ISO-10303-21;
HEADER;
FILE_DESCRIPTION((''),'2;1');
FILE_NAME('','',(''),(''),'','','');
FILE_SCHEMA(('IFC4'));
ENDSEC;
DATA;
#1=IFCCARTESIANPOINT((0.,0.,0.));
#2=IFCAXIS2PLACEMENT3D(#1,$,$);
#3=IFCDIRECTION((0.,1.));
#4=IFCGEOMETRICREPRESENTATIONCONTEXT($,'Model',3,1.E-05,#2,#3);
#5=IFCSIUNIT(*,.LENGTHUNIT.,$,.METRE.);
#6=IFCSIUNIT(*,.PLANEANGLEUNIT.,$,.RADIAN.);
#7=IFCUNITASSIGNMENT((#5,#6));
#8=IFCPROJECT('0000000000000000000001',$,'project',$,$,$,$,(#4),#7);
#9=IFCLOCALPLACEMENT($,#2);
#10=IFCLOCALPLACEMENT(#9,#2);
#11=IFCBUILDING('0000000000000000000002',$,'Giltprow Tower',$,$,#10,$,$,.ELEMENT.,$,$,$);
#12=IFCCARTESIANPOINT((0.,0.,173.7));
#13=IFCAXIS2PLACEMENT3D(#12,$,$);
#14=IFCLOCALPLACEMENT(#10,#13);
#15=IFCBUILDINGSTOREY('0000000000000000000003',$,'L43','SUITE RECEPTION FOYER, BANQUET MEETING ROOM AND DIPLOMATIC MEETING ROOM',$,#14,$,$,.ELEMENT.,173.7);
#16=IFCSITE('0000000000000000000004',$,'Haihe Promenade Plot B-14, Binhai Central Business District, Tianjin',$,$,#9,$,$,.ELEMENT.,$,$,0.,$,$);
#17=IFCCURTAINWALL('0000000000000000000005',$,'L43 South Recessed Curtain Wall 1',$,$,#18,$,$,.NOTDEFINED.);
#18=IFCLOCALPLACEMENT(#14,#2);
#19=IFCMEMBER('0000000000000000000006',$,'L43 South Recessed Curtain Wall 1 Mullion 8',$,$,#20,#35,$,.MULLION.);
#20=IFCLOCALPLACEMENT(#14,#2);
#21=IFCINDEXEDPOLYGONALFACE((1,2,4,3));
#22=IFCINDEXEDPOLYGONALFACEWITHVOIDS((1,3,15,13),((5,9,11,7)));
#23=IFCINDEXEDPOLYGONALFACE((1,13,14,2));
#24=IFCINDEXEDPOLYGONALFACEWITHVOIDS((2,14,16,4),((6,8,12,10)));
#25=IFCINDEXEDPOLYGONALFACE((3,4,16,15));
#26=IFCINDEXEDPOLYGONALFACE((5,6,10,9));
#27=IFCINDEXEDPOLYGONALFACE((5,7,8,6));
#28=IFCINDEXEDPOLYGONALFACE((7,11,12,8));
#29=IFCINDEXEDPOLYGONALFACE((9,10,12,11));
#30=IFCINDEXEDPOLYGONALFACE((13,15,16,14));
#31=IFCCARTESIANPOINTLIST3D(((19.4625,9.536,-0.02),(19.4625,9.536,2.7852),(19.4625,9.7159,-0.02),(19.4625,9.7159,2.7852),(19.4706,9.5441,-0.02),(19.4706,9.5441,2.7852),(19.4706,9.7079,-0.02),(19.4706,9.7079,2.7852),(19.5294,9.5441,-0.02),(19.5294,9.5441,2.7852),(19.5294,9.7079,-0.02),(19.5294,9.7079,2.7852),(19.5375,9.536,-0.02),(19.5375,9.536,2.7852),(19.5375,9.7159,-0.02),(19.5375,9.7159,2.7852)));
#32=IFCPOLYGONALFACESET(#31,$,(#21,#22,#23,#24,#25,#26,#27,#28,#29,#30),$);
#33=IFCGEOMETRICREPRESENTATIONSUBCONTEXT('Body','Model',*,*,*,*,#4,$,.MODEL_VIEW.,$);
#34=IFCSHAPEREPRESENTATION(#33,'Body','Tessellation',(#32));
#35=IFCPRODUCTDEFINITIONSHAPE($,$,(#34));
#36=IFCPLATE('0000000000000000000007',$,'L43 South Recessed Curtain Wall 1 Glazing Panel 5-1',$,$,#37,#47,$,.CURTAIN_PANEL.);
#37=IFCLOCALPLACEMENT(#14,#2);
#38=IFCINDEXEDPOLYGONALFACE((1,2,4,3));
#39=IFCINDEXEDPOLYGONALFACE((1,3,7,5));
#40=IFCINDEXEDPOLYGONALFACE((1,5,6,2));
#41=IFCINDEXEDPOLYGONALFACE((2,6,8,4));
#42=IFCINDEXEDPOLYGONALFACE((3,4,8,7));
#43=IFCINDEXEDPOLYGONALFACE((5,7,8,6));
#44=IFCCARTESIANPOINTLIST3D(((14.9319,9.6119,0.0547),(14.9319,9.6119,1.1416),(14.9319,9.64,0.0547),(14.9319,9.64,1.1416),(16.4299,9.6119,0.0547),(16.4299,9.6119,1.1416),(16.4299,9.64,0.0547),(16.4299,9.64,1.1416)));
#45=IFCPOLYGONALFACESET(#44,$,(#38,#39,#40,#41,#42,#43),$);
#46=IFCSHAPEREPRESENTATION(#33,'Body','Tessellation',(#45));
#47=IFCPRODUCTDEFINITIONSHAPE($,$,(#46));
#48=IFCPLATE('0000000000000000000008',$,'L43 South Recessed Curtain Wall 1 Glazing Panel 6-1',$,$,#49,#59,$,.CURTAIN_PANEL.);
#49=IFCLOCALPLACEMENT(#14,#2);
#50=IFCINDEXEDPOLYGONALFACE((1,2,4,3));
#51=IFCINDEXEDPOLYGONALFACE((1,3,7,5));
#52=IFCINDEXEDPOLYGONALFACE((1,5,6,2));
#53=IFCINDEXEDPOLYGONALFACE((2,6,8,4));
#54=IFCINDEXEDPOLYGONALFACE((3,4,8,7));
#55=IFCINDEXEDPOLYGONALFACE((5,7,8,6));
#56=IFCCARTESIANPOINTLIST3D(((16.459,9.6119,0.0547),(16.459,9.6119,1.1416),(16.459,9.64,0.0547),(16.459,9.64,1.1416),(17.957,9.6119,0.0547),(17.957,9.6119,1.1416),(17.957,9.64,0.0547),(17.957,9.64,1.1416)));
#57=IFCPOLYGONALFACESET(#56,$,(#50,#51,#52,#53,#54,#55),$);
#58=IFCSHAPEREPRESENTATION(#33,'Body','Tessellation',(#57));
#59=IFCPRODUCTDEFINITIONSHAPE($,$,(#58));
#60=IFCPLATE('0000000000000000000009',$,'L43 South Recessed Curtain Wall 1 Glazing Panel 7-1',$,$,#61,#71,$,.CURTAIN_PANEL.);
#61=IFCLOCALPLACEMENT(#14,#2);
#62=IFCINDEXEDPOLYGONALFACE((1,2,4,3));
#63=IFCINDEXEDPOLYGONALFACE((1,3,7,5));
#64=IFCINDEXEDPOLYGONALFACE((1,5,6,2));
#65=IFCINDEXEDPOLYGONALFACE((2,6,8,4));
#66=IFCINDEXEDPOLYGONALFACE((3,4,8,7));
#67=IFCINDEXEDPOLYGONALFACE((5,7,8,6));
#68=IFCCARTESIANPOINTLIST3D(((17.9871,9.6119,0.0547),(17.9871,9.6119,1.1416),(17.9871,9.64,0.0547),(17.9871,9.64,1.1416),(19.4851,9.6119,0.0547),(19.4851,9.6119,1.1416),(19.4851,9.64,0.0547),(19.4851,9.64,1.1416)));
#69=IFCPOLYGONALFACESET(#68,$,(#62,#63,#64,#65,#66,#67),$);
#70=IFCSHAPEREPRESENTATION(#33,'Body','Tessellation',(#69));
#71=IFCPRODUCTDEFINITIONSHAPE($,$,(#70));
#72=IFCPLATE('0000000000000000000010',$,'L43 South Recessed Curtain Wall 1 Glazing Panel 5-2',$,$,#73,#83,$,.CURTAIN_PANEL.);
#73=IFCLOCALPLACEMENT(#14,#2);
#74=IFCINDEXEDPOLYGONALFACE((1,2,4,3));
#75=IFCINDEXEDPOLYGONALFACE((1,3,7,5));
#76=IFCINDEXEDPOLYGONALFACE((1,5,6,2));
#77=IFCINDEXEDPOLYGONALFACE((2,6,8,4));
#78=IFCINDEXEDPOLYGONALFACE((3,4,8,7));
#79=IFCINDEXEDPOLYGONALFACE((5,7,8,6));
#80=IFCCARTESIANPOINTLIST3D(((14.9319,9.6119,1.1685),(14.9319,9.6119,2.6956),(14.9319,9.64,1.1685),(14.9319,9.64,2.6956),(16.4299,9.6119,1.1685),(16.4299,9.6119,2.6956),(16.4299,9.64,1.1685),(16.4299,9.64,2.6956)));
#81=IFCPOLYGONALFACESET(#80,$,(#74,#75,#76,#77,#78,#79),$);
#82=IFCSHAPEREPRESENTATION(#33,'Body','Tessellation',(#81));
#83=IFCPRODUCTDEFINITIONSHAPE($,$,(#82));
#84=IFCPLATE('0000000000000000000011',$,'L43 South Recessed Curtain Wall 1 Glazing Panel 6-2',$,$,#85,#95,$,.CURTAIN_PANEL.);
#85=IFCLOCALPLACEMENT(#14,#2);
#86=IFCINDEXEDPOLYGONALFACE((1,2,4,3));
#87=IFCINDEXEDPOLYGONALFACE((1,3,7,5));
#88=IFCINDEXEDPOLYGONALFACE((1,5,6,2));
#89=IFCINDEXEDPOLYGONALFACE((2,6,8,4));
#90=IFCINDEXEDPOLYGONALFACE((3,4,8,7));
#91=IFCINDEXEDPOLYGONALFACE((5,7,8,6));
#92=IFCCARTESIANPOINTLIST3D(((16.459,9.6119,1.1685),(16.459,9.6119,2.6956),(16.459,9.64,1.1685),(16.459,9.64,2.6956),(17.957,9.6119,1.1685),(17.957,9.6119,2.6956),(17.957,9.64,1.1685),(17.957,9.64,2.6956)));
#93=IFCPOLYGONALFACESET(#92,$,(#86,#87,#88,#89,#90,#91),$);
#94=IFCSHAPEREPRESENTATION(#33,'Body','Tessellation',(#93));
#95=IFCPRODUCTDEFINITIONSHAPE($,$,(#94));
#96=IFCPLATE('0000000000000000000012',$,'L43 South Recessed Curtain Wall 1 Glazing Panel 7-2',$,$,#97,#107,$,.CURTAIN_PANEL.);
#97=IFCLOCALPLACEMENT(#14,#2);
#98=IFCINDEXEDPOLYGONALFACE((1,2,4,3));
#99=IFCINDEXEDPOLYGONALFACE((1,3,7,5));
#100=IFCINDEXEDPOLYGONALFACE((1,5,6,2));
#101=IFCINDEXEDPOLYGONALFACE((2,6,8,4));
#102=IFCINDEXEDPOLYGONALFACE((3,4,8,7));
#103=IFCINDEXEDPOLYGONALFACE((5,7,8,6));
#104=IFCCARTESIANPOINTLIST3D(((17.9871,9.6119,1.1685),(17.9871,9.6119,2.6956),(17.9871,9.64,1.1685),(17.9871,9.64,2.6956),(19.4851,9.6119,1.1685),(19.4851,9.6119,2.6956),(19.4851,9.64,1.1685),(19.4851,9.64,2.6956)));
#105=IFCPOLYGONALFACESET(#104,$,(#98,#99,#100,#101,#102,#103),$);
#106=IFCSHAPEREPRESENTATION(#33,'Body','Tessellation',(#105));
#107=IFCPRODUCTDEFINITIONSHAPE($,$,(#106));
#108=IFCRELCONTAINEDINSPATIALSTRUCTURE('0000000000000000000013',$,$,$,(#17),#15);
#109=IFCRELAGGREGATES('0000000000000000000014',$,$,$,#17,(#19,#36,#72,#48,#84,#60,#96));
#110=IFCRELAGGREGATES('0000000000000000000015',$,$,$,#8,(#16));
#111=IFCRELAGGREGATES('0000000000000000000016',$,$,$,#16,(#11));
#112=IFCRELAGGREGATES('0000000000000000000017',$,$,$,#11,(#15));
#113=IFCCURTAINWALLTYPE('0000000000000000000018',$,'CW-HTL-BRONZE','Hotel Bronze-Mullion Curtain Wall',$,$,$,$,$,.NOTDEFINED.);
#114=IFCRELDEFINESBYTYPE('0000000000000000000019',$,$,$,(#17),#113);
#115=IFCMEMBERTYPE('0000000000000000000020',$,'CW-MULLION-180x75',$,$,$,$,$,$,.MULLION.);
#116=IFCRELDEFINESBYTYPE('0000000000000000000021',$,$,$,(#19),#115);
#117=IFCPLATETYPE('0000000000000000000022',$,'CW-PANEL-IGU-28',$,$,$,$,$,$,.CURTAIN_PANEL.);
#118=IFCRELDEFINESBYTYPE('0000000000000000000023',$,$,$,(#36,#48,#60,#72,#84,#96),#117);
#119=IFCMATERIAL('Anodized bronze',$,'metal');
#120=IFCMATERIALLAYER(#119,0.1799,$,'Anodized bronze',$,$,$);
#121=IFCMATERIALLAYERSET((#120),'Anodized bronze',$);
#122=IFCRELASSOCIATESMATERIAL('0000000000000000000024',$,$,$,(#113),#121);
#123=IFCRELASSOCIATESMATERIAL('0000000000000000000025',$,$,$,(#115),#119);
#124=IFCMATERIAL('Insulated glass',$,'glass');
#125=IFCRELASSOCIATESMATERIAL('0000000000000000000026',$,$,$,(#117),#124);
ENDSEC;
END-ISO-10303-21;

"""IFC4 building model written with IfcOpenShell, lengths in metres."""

from ifc_helpers import new_model, si_unit, direction, frame, origin, origin_2d, place, context, subcontext, project, spatial, rectangle, hollow_rectangle, extrude, source, transform, mapped, material, layer, layer_set, material_profile, profile_set, type_object, element, aggregate, save


model = new_model("IFC4")

# Units and contexts
model_context = context("Model", 3, precision=1e-05, world=origin(), true_north=direction((0.0, 1.0)))
body_context = subcontext(model_context, "Body", "Model", "MODEL_VIEW")
ifc_project = project(units=[si_unit("LENGTHUNIT", "METRE"), si_unit("PLANEANGLEUNIT", "RADIAN")], contexts=[model_context])

# Site, building, storey
site_placement = place(None, origin())
site = spatial("IfcSite", under=ifc_project, at=site_placement, Name="Haihe Promenade Plot B-14, Binhai Central Business District, Tianjin", CompositionType="ELEMENT", RefElevation=0.0)
building_placement = place(site_placement, origin())
building = spatial("IfcBuilding", under=site, at=building_placement, Name="Giltprow Tower", CompositionType="ELEMENT")
storey_placement = place(building_placement, frame((0.0, 0.0, 173.7)))
storey = spatial("IfcBuildingStorey", under=building, at=storey_placement, Name="L43", Description="SUITE RECEPTION FOYER, BANQUET MEETING ROOM AND DIPLOMATIC MEETING ROOM", CompositionType="ELEMENT", Elevation=173.7)

# Curtain wall, member, plates
ifc_material_1 = material(Name="Anodized bronze", Category="metal")
ifc_layer_1 = layer(ifc_material_1, 0.1799, Name="Anodized bronze")
ifc_layer_set_1 = layer_set([ifc_layer_1], Name="Anodized bronze")
curtain_wall_type = type_object("IfcCurtainWallType", Name="CW-HTL-BRONZE", Description="Hotel Bronze-Mullion Curtain Wall", PredefinedType="NOTDEFINED", material=ifc_layer_set_1)
curtain_wall_placement = place(storey_placement, origin())
curtain_wall = element("IfcCurtainWall", 1, at=curtain_wall_placement, inside=storey, type_object=curtain_wall_type, Name="L43 South Recessed Curtain Wall 1", PredefinedType="NOTDEFINED")
ifc_material_profile_1 = material_profile(ifc_material_1, hollow_rectangle(XDim=0.075, YDim=0.1799, WallThickness=0.0081, at=origin_2d()), Name="RHS 180x75x8")
ifc_profile_set_1 = profile_set([ifc_material_profile_1], Name="Anodized bronze")
member_type = type_object("IfcMemberType", Name="CW-MULLION-180x75", PredefinedType="MULLION", material=ifc_profile_set_1)
shared_shape_1 = source(origin(), body_context, "Body", "SweptSolid", [
    extrude(hollow_rectangle(XDim=0.075, YDim=0.1799, WallThickness=0.0081, at=origin_2d()), origin(), (0.0, 0.0, 1.0), 2.8052),
])
member_1_placement = place(storey_placement, frame((19.5, 9.626, -0.02), z_axis=(0.0, 0.0, 1.0), x_axis=(1.0, 0.0, 0.0)))
member_1 = element("IfcMember", 2, at=member_1_placement, type_object=member_type, Name="L43 South Recessed Curtain Wall 1 Mullion 8", PredefinedType="MULLION", context=body_context, shape_type="MappedRepresentation", body=[
    mapped(shared_shape_1, transform((0.0, 0.0, 0.0), x_axis=(1.0, 0.0, 0.0), y_axis=(0.0, 1.0, 0.0), z_axis=(0.0, 0.0, 1.0), scale=1.0)),
])
ifc_material_2 = material(Name="Insulated glass", Category="glass")
plate_type = type_object("IfcPlateType", Name="CW-PANEL-IGU-28", PredefinedType="CURTAIN_PANEL", material=ifc_material_2)
shared_shape_2 = source(origin(), body_context, "Body", "SweptSolid", [
    extrude(rectangle(XDim=1.498, YDim=0.0281, at=origin_2d()), origin(), (0.0, 0.0, 1.0), 1.0869),
])
plate_1_placement = place(storey_placement, frame((15.6809, 9.626, 0.0547), z_axis=(0.0, 0.0, 1.0), x_axis=(1.0, 0.0, 0.0)))
plate_1 = element("IfcPlate", 3, at=plate_1_placement, type_object=plate_type, Name="L43 South Recessed Curtain Wall 1 Glazing Panel 5-1", PredefinedType="CURTAIN_PANEL", context=body_context, shape_type="MappedRepresentation", body=[
    mapped(shared_shape_2, transform((0.0, 0.0, 0.0), x_axis=(1.0, 0.0, 0.0), y_axis=(0.0, 1.0, 0.0), z_axis=(0.0, 0.0, 1.0), scale=1.0)),
])
plate_2_placement = place(storey_placement, frame((17.208, 9.626, 0.0547), z_axis=(0.0, 0.0, 1.0), x_axis=(1.0, 0.0, 0.0)))
plate_2 = element("IfcPlate", 4, at=plate_2_placement, type_object=plate_type, Name="L43 South Recessed Curtain Wall 1 Glazing Panel 6-1", PredefinedType="CURTAIN_PANEL", context=body_context, shape_type="MappedRepresentation", body=[
    mapped(shared_shape_2, transform((0.0, 0.0, 0.0), x_axis=(1.0, 0.0, 0.0), y_axis=(0.0, 1.0, 0.0), z_axis=(0.0, 0.0, 1.0), scale=1.0)),
])
plate_3_placement = place(storey_placement, frame((18.7361, 9.626, 0.0547), z_axis=(0.0, 0.0, 1.0), x_axis=(1.0, 0.0, 0.0)))
plate_3 = element("IfcPlate", 5, at=plate_3_placement, type_object=plate_type, Name="L43 South Recessed Curtain Wall 1 Glazing Panel 7-1", PredefinedType="CURTAIN_PANEL", context=body_context, shape_type="MappedRepresentation", body=[
    mapped(shared_shape_2, transform((0.0, 0.0, 0.0), x_axis=(1.0, 0.0, 0.0), y_axis=(0.0, 1.0, 0.0), z_axis=(0.0, 0.0, 1.0), scale=1.0)),
])
shared_shape_3 = source(origin(), body_context, "Body", "SweptSolid", [
    extrude(rectangle(XDim=1.498, YDim=0.0281, at=origin_2d()), origin(), (0.0, 0.0, 1.0), 1.5271),
])
plate_4_placement = place(storey_placement, frame((15.6809, 9.626, 1.1685), z_axis=(0.0, 0.0, 1.0), x_axis=(1.0, 0.0, 0.0)))
plate_4 = element("IfcPlate", 6, at=plate_4_placement, type_object=plate_type, Name="L43 South Recessed Curtain Wall 1 Glazing Panel 5-2", PredefinedType="CURTAIN_PANEL", context=body_context, shape_type="MappedRepresentation", body=[
    mapped(shared_shape_3, transform((0.0, 0.0, 0.0), x_axis=(1.0, 0.0, 0.0), y_axis=(0.0, 1.0, 0.0), z_axis=(0.0, 0.0, 1.0), scale=1.0)),
])
plate_5_placement = place(storey_placement, frame((17.208, 9.626, 1.1685), z_axis=(0.0, 0.0, 1.0), x_axis=(1.0, 0.0, 0.0)))
plate_5 = element("IfcPlate", 7, at=plate_5_placement, type_object=plate_type, Name="L43 South Recessed Curtain Wall 1 Glazing Panel 6-2", PredefinedType="CURTAIN_PANEL", context=body_context, shape_type="MappedRepresentation", body=[
    mapped(shared_shape_3, transform((0.0, 0.0, 0.0), x_axis=(1.0, 0.0, 0.0), y_axis=(0.0, 1.0, 0.0), z_axis=(0.0, 0.0, 1.0), scale=1.0)),
])
plate_6_placement = place(storey_placement, frame((18.7361, 9.626, 1.1685), z_axis=(0.0, 0.0, 1.0), x_axis=(1.0, 0.0, 0.0)))
plate_6 = element("IfcPlate", 8, at=plate_6_placement, type_object=plate_type, Name="L43 South Recessed Curtain Wall 1 Glazing Panel 7-2", PredefinedType="CURTAIN_PANEL", context=body_context, shape_type="MappedRepresentation", body=[
    mapped(shared_shape_3, transform((0.0, 0.0, 0.0), x_axis=(1.0, 0.0, 0.0), y_axis=(0.0, 1.0, 0.0), z_axis=(0.0, 0.0, 1.0), scale=1.0)),
])
aggregate(curtain_wall, [member_1, plate_1, plate_4, plate_2, plate_5, plate_3, plate_6])

save(model, "model.ifc")
